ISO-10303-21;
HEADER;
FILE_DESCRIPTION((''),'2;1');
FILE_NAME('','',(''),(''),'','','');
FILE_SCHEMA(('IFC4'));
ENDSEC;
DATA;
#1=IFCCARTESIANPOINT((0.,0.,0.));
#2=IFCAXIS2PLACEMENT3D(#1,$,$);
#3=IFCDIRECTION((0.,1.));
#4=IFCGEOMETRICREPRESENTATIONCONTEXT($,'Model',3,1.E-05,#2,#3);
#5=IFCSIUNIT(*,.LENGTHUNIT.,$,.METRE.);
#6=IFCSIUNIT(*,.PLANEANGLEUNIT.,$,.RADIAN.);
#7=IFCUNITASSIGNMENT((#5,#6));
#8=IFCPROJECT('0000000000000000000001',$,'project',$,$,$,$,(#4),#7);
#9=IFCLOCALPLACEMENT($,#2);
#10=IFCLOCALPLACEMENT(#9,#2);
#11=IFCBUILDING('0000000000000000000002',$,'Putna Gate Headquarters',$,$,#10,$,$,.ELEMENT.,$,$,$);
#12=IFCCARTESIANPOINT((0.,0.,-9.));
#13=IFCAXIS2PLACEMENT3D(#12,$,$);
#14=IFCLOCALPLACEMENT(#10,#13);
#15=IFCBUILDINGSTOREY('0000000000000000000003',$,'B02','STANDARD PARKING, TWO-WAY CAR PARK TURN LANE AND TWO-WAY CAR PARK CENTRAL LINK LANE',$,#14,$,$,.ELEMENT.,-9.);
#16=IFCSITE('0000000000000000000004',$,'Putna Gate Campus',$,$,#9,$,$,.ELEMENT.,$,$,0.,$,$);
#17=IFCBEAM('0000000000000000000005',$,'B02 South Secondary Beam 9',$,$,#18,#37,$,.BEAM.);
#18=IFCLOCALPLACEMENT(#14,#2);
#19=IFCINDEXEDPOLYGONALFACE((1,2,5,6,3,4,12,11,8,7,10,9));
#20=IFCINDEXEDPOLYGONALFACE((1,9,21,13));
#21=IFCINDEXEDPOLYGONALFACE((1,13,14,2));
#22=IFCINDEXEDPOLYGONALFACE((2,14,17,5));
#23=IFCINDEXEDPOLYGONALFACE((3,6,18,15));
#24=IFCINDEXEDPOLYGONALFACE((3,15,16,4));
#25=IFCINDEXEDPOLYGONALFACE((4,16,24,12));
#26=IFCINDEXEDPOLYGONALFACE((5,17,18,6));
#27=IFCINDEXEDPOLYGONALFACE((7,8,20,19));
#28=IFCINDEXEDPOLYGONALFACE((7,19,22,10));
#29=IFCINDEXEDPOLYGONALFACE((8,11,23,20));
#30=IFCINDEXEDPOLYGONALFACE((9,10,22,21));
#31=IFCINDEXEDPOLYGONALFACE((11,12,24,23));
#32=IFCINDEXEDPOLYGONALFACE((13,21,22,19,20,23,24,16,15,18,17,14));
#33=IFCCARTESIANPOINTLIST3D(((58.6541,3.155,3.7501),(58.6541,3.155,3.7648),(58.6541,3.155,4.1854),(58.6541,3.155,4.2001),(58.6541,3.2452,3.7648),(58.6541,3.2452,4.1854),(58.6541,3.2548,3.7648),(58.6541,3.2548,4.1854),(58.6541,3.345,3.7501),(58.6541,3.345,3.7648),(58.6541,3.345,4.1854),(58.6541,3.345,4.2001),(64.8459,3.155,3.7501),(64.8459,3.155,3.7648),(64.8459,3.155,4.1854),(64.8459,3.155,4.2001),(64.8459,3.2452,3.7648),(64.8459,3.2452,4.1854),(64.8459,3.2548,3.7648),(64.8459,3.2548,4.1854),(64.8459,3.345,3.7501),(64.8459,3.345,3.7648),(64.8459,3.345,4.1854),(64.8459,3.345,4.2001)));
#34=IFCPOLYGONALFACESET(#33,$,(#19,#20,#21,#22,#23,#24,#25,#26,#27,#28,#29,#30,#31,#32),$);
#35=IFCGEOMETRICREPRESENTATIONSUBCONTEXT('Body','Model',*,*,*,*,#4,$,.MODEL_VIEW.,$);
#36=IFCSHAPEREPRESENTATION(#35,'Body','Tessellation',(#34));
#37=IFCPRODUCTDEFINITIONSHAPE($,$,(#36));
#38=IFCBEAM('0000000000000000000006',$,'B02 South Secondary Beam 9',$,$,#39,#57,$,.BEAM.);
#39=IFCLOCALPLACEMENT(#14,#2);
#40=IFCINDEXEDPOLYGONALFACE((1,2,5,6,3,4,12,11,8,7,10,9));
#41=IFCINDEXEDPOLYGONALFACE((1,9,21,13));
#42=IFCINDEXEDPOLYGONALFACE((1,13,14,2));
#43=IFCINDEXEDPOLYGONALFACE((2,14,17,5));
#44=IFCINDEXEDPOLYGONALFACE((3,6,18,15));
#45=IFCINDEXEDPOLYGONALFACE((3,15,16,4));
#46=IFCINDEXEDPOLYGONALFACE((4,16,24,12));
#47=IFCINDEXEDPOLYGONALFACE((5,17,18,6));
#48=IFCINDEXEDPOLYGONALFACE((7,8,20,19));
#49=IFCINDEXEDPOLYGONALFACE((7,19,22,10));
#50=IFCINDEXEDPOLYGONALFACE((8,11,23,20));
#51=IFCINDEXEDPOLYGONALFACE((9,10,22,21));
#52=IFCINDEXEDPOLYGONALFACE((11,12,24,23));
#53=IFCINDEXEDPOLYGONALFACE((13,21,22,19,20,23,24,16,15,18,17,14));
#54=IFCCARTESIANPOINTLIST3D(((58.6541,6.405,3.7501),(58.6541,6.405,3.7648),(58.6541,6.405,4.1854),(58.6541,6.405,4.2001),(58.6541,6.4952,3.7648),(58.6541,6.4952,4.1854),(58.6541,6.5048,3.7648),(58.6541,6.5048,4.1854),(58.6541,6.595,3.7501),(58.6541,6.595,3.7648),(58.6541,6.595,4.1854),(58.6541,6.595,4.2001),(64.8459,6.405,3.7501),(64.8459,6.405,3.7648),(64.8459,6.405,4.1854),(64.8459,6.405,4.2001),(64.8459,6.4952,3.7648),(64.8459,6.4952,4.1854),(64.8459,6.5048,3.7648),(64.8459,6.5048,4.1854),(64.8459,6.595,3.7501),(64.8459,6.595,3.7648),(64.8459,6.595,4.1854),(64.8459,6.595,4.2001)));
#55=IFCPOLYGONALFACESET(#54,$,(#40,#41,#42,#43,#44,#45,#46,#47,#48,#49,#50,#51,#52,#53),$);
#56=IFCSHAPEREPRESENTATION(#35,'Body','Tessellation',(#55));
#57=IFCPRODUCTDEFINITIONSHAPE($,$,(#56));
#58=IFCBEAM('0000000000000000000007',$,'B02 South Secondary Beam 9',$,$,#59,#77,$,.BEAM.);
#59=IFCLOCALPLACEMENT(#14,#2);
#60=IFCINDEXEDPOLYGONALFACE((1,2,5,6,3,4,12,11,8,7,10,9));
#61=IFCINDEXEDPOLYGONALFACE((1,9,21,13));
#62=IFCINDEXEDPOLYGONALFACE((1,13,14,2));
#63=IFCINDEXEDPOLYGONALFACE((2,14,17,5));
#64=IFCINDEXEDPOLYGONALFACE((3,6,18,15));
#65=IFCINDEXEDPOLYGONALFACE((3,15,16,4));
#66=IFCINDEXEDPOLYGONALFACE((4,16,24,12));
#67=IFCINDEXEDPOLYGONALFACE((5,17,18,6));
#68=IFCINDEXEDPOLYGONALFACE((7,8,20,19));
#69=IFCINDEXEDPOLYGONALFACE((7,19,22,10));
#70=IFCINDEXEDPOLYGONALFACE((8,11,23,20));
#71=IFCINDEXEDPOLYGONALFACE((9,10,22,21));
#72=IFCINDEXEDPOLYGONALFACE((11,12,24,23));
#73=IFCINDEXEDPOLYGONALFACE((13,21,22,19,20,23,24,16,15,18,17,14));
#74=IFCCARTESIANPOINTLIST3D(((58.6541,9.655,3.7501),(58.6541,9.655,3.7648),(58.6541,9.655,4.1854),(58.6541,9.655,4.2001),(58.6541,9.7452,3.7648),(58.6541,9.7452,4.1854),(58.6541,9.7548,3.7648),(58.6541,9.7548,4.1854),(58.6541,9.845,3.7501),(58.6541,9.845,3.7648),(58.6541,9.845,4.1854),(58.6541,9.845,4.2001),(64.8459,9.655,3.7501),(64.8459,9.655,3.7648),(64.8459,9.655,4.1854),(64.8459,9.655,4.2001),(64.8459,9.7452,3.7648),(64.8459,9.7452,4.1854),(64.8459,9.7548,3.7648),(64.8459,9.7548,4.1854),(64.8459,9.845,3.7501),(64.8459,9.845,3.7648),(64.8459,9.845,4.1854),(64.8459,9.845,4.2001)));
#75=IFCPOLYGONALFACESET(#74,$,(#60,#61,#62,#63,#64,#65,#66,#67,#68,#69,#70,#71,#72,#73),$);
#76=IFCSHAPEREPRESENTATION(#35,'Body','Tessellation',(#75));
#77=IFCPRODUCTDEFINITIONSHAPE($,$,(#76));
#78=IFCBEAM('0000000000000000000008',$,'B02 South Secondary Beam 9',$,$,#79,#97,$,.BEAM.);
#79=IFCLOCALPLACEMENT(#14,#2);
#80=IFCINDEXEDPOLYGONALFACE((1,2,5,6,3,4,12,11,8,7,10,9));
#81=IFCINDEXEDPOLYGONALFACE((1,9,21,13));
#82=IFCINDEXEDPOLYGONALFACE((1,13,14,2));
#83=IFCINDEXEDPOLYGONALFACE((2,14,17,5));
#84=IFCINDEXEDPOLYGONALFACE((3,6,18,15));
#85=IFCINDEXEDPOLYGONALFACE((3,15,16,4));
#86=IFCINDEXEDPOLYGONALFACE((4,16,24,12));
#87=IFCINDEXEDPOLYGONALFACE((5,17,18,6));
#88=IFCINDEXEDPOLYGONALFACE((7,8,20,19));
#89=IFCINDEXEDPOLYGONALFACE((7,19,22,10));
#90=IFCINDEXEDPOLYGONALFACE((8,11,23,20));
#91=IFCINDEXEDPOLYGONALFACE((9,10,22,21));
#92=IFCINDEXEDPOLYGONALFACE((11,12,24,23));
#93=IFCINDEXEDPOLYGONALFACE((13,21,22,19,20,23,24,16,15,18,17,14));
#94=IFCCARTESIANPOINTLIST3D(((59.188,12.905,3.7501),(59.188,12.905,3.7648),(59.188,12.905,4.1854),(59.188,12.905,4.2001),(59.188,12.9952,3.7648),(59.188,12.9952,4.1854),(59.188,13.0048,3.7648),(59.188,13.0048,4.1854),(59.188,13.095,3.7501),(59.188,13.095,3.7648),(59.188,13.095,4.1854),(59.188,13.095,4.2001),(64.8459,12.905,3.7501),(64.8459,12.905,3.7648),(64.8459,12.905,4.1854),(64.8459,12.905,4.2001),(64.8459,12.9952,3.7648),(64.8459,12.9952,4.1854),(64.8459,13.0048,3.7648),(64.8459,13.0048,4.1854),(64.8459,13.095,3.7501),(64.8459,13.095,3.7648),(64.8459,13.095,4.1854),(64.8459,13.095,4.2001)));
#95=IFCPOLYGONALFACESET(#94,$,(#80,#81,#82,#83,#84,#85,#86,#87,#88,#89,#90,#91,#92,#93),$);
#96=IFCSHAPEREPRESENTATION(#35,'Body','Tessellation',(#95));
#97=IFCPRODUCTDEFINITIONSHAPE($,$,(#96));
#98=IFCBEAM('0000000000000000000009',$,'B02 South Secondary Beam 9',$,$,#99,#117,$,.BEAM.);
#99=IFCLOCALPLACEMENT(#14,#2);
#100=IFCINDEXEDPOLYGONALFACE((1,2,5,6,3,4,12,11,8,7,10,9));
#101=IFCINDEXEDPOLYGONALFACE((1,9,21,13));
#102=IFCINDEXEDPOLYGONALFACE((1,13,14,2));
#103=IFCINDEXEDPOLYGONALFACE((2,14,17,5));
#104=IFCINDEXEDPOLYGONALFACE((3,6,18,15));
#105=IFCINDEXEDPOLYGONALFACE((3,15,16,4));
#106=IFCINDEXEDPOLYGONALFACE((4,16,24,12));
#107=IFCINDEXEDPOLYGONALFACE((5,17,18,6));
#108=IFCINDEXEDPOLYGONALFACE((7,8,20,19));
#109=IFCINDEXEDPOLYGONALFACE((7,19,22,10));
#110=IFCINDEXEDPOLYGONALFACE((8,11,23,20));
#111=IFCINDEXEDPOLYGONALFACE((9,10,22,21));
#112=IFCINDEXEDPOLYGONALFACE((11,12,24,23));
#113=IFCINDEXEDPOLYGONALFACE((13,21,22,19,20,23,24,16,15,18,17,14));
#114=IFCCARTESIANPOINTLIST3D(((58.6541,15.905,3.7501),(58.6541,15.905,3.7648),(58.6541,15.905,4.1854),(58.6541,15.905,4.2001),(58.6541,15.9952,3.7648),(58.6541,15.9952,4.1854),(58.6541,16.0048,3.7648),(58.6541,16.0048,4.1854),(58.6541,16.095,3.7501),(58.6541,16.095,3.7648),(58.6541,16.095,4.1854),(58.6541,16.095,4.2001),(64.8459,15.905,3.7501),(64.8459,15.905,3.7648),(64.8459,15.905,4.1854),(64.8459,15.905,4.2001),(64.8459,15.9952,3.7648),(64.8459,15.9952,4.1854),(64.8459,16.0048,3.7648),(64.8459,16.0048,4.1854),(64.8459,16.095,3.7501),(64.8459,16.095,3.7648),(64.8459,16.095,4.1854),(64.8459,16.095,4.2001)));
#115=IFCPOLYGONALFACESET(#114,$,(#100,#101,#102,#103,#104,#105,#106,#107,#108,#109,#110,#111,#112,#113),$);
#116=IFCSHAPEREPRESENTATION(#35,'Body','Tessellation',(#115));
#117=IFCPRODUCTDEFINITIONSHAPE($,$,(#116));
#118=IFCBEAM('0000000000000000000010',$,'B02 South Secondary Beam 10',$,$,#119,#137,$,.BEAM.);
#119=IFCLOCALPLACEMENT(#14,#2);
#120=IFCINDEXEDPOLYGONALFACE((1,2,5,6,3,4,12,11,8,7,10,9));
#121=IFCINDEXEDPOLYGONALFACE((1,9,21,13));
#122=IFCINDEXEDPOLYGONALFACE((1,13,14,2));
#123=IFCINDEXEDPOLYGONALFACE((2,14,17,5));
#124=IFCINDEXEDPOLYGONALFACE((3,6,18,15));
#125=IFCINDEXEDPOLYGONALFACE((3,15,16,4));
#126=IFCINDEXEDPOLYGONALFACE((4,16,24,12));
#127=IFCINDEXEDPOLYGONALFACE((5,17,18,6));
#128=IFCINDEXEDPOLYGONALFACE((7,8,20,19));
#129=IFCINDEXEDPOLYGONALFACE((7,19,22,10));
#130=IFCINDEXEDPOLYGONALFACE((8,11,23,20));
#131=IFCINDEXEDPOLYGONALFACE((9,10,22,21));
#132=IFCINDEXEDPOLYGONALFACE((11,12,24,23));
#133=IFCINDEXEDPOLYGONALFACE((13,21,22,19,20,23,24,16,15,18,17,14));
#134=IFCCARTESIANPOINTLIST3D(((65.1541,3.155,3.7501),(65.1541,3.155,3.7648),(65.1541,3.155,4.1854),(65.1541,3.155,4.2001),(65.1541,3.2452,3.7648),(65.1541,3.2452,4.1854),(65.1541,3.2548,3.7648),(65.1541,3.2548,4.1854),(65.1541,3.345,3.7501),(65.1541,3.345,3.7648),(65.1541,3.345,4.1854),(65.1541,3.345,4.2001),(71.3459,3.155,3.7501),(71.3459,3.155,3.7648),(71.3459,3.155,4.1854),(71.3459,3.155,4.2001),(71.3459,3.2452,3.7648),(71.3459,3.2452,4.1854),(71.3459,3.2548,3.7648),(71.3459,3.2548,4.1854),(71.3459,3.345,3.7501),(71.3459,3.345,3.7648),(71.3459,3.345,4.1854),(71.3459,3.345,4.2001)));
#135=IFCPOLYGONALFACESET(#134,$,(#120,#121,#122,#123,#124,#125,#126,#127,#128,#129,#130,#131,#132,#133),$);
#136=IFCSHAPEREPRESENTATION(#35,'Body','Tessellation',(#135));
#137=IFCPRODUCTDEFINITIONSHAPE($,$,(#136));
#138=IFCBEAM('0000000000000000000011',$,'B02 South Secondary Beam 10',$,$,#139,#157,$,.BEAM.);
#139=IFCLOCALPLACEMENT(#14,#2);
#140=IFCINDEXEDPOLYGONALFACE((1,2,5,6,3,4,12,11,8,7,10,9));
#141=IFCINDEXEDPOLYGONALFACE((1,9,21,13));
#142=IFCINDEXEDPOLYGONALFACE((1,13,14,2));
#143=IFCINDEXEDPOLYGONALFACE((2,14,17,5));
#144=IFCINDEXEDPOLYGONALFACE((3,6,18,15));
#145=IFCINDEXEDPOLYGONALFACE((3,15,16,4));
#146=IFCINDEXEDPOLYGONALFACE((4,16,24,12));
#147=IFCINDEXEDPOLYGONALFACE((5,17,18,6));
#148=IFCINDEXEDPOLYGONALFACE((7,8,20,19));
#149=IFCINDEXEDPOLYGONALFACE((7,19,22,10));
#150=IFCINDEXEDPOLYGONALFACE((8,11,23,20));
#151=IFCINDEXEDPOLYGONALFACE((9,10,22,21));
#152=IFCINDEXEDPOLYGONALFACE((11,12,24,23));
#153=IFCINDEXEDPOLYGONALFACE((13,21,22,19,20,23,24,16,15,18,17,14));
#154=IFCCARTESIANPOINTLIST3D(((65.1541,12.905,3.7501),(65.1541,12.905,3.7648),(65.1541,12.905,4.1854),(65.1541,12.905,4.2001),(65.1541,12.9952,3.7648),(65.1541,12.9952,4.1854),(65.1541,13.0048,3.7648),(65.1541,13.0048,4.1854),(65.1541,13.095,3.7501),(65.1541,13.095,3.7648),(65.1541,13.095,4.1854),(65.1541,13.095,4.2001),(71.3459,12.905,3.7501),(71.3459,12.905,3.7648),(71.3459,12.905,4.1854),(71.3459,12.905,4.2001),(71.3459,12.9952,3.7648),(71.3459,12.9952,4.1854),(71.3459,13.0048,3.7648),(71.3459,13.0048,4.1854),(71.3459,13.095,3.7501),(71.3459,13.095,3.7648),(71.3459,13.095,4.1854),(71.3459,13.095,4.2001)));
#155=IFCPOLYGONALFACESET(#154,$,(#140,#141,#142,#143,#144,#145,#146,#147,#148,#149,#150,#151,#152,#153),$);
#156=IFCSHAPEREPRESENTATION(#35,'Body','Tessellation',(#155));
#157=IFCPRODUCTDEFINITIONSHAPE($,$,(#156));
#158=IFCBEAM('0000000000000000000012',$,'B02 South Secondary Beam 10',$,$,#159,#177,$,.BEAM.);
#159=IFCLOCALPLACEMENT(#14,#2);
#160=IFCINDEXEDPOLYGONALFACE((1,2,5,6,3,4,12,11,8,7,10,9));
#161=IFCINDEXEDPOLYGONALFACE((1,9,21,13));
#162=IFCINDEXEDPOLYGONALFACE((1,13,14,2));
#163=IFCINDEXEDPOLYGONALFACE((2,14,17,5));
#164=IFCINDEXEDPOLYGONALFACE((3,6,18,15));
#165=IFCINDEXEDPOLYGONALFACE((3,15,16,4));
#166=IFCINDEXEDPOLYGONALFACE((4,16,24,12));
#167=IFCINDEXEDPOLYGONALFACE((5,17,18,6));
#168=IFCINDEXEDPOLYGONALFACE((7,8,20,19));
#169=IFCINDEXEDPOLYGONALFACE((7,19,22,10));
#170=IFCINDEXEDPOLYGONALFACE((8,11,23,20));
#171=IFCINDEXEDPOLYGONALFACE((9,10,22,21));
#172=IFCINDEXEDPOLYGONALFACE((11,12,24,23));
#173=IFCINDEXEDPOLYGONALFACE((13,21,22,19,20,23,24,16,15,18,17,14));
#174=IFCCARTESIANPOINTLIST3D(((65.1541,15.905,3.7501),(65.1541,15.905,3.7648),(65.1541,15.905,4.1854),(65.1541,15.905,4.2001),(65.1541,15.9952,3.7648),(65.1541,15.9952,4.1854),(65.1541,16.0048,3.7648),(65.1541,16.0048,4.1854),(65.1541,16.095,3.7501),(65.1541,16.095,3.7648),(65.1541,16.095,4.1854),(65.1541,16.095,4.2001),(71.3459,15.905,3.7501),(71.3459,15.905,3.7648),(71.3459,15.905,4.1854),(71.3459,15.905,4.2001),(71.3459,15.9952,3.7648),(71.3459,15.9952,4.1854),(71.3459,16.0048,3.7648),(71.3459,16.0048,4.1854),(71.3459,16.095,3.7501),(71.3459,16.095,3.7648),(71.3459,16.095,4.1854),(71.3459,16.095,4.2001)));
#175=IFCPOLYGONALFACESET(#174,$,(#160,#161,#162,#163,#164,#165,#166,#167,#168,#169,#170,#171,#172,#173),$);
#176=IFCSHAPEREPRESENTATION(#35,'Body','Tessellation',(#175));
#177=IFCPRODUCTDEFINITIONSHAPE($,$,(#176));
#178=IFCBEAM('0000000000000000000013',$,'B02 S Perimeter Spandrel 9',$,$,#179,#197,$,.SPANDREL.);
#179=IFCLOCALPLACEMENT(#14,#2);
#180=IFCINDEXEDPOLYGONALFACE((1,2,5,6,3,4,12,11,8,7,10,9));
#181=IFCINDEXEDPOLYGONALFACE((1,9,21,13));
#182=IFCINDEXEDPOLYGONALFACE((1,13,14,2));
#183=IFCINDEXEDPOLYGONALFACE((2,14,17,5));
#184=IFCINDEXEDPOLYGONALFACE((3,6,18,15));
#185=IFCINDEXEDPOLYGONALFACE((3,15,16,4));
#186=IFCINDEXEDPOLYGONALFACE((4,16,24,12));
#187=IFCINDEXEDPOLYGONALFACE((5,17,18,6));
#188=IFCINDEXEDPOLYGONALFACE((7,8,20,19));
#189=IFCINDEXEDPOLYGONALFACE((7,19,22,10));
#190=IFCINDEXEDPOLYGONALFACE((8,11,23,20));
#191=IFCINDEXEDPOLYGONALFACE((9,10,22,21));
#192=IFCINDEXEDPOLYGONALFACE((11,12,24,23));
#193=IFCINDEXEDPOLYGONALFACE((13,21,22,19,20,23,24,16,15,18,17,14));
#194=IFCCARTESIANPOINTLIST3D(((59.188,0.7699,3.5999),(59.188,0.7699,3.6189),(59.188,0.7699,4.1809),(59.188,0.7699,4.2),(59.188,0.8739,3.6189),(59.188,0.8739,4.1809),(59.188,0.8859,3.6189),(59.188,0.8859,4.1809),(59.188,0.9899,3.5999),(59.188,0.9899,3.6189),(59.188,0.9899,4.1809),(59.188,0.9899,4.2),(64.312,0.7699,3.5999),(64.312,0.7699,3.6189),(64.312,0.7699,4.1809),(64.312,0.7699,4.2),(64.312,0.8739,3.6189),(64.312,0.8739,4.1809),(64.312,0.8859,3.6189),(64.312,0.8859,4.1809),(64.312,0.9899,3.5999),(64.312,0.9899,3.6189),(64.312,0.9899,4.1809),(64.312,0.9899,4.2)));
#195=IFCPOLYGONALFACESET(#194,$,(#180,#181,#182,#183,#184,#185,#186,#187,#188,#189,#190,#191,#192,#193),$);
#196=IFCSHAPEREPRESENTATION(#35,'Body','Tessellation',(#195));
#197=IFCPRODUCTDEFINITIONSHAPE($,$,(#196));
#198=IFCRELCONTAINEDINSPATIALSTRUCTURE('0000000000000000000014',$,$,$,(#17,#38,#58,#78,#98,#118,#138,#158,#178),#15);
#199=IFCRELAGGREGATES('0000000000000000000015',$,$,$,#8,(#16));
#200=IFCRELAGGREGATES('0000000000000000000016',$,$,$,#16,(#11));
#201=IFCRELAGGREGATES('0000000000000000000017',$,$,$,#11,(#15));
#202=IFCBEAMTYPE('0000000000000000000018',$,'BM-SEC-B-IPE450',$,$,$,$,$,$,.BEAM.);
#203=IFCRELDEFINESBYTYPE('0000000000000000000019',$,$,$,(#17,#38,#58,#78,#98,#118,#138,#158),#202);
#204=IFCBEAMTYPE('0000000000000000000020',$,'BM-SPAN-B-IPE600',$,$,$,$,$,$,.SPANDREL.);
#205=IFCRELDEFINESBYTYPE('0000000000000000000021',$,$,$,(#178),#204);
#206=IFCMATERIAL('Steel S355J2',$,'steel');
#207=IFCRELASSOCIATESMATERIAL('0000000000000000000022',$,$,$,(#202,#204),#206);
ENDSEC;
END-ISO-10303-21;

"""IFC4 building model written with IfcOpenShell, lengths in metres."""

from ifc_helpers import new_model, si_unit, direction, frame, origin, origin_2d, place, context, subcontext, project, spatial, i_section, extrude, material, material_profile, profile_set, type_object, element, save


model = new_model("IFC4")

# Units and contexts
model_context = context("Model", 3, precision=1e-05, world=origin(), true_north=direction((0.0, 1.0)))
body_context = subcontext(model_context, "Body", "Model", "MODEL_VIEW")
ifc_project = project(units=[si_unit("LENGTHUNIT", "METRE"), si_unit("PLANEANGLEUNIT", "RADIAN")], contexts=[model_context])

# Site, building, storey
site_placement = place(None, origin())
site = spatial("IfcSite", under=ifc_project, at=site_placement, Name="Putna Gate Campus", CompositionType="ELEMENT", RefElevation=0.0)
building_placement = place(site_placement, origin())
building = spatial("IfcBuilding", under=site, at=building_placement, Name="Putna Gate Headquarters", CompositionType="ELEMENT")
storey_placement = place(building_placement, frame((0.0, 0.0, -9.0)))
storey = spatial("IfcBuildingStorey", under=building, at=storey_placement, Name="B02", Description="STANDARD PARKING, TWO-WAY CAR PARK TURN LANE AND TWO-WAY CAR PARK CENTRAL LINK LANE", CompositionType="ELEMENT", Elevation=-9.0)

# Beams
ifc_material_1 = material(Name="Steel S355J2", Category="steel")
ifc_material_profile_1 = material_profile(ifc_material_1, i_section(OverallWidth=0.1899, OverallDepth=0.45, WebThickness=0.0095, FlangeThickness=0.0146, at=origin_2d()), Name="Steel S355J2")
ifc_profile_set_1 = profile_set([ifc_material_profile_1], Name="Steel S355J2")
beam_type_1 = type_object("IfcBeamType", Name="BM-SEC-B-IPE450", PredefinedType="BEAM", material=ifc_profile_set_1)
for number, where, z_axis, x_axis, name in (
    (1, (58.6541, 3.25, 3.9751), (1.0, 0.0, 0.0), (0.0, 1.0, 0.0), "B02 South Secondary Beam 9"),
    (2, (58.6541, 6.5, 3.9751), (1.0, 0.0, 0.0), (0.0, 1.0, 0.0), "B02 South Secondary Beam 9"),
    (3, (58.6541, 9.75, 3.9751), (1.0, 0.0, 0.0), (0.0, 1.0, 0.0), "B02 South Secondary Beam 9"),
):
    element("IfcBeam", number, at=place(storey_placement, frame(where, z_axis=z_axis, x_axis=x_axis)), inside=storey, type_object=beam_type_1, Name=name, PredefinedType="BEAM", context=body_context, shape_type="SweptSolid", body=[
        extrude(i_section(OverallWidth=0.1899, OverallDepth=0.45, WebThickness=0.0095, FlangeThickness=0.0146, at=origin_2d()), origin(), (0.0, 0.0, 1.0), 6.1919),
    ])
beam_1_placement = place(storey_placement, frame((59.188, 13.0, 3.9751), z_axis=(1.0, 0.0, 0.0), x_axis=(0.0, 1.0, 0.0)))
element("IfcBeam", 4, at=beam_1_placement, inside=storey, type_object=beam_type_1, Name="B02 South Secondary Beam 9", PredefinedType="BEAM", context=body_context, shape_type="SweptSolid", body=[
    extrude(i_section(OverallWidth=0.1899, OverallDepth=0.45, WebThickness=0.0095, FlangeThickness=0.0146, at=origin_2d()), origin(), (0.0, 0.0, 1.0), 5.658),
])
for number, where, z_axis, x_axis, name in (
    (5, (58.6541, 16.0, 3.9751), (1.0, 0.0, 0.0), (0.0, 1.0, 0.0), "B02 South Secondary Beam 9"),
    (6, (65.1541, 3.25, 3.9751), (1.0, 0.0, 0.0), (0.0, 1.0, 0.0), "B02 South Secondary Beam 10"),
    (7, (65.1541, 13.0, 3.9751), (1.0, 0.0, 0.0), (0.0, 1.0, 0.0), "B02 South Secondary Beam 10"),
    (8, (65.1541, 16.0, 3.9751), (1.0, 0.0, 0.0), (0.0, 1.0, 0.0), "B02 South Secondary Beam 10"),
):
    element("IfcBeam", number, at=place(storey_placement, frame(where, z_axis=z_axis, x_axis=x_axis)), inside=storey, type_object=beam_type_1, Name=name, PredefinedType="BEAM", context=body_context, shape_type="SweptSolid", body=[
        extrude(i_section(OverallWidth=0.1899, OverallDepth=0.45, WebThickness=0.0095, FlangeThickness=0.0146, at=origin_2d()), origin(), (0.0, 0.0, 1.0), 6.1919),
    ])
ifc_material_profile_2 = material_profile(ifc_material_1, i_section(OverallWidth=0.22, OverallDepth=0.6001, WebThickness=0.012, FlangeThickness=0.019, at=origin_2d()), Name="Steel S355J2")
ifc_profile_set_2 = profile_set([ifc_material_profile_2], Name="Steel S355J2")
beam_type_2 = type_object("IfcBeamType", Name="BM-SPAN-B-IPE600", PredefinedType="SPANDREL", material=ifc_profile_set_2)
for number, where, z_axis, x_axis, name in (
    (9, (59.188, 0.8799, 3.8999), (1.0, 0.0, 0.0), (0.0, 1.0, 0.0), "B02 S Perimeter Spandrel 9"),
):
    element("IfcBeam", number, at=place(storey_placement, frame(where, z_axis=z_axis, x_axis=x_axis)), inside=storey, type_object=beam_type_2, Name=name, PredefinedType="SPANDREL", context=body_context, shape_type="SweptSolid", body=[
        extrude(i_section(OverallWidth=0.22, OverallDepth=0.6001, WebThickness=0.012, FlangeThickness=0.019, at=origin_2d()), origin(), (0.0, 0.0, 1.0), 5.124),
    ])

save(model, "model.ifc")
